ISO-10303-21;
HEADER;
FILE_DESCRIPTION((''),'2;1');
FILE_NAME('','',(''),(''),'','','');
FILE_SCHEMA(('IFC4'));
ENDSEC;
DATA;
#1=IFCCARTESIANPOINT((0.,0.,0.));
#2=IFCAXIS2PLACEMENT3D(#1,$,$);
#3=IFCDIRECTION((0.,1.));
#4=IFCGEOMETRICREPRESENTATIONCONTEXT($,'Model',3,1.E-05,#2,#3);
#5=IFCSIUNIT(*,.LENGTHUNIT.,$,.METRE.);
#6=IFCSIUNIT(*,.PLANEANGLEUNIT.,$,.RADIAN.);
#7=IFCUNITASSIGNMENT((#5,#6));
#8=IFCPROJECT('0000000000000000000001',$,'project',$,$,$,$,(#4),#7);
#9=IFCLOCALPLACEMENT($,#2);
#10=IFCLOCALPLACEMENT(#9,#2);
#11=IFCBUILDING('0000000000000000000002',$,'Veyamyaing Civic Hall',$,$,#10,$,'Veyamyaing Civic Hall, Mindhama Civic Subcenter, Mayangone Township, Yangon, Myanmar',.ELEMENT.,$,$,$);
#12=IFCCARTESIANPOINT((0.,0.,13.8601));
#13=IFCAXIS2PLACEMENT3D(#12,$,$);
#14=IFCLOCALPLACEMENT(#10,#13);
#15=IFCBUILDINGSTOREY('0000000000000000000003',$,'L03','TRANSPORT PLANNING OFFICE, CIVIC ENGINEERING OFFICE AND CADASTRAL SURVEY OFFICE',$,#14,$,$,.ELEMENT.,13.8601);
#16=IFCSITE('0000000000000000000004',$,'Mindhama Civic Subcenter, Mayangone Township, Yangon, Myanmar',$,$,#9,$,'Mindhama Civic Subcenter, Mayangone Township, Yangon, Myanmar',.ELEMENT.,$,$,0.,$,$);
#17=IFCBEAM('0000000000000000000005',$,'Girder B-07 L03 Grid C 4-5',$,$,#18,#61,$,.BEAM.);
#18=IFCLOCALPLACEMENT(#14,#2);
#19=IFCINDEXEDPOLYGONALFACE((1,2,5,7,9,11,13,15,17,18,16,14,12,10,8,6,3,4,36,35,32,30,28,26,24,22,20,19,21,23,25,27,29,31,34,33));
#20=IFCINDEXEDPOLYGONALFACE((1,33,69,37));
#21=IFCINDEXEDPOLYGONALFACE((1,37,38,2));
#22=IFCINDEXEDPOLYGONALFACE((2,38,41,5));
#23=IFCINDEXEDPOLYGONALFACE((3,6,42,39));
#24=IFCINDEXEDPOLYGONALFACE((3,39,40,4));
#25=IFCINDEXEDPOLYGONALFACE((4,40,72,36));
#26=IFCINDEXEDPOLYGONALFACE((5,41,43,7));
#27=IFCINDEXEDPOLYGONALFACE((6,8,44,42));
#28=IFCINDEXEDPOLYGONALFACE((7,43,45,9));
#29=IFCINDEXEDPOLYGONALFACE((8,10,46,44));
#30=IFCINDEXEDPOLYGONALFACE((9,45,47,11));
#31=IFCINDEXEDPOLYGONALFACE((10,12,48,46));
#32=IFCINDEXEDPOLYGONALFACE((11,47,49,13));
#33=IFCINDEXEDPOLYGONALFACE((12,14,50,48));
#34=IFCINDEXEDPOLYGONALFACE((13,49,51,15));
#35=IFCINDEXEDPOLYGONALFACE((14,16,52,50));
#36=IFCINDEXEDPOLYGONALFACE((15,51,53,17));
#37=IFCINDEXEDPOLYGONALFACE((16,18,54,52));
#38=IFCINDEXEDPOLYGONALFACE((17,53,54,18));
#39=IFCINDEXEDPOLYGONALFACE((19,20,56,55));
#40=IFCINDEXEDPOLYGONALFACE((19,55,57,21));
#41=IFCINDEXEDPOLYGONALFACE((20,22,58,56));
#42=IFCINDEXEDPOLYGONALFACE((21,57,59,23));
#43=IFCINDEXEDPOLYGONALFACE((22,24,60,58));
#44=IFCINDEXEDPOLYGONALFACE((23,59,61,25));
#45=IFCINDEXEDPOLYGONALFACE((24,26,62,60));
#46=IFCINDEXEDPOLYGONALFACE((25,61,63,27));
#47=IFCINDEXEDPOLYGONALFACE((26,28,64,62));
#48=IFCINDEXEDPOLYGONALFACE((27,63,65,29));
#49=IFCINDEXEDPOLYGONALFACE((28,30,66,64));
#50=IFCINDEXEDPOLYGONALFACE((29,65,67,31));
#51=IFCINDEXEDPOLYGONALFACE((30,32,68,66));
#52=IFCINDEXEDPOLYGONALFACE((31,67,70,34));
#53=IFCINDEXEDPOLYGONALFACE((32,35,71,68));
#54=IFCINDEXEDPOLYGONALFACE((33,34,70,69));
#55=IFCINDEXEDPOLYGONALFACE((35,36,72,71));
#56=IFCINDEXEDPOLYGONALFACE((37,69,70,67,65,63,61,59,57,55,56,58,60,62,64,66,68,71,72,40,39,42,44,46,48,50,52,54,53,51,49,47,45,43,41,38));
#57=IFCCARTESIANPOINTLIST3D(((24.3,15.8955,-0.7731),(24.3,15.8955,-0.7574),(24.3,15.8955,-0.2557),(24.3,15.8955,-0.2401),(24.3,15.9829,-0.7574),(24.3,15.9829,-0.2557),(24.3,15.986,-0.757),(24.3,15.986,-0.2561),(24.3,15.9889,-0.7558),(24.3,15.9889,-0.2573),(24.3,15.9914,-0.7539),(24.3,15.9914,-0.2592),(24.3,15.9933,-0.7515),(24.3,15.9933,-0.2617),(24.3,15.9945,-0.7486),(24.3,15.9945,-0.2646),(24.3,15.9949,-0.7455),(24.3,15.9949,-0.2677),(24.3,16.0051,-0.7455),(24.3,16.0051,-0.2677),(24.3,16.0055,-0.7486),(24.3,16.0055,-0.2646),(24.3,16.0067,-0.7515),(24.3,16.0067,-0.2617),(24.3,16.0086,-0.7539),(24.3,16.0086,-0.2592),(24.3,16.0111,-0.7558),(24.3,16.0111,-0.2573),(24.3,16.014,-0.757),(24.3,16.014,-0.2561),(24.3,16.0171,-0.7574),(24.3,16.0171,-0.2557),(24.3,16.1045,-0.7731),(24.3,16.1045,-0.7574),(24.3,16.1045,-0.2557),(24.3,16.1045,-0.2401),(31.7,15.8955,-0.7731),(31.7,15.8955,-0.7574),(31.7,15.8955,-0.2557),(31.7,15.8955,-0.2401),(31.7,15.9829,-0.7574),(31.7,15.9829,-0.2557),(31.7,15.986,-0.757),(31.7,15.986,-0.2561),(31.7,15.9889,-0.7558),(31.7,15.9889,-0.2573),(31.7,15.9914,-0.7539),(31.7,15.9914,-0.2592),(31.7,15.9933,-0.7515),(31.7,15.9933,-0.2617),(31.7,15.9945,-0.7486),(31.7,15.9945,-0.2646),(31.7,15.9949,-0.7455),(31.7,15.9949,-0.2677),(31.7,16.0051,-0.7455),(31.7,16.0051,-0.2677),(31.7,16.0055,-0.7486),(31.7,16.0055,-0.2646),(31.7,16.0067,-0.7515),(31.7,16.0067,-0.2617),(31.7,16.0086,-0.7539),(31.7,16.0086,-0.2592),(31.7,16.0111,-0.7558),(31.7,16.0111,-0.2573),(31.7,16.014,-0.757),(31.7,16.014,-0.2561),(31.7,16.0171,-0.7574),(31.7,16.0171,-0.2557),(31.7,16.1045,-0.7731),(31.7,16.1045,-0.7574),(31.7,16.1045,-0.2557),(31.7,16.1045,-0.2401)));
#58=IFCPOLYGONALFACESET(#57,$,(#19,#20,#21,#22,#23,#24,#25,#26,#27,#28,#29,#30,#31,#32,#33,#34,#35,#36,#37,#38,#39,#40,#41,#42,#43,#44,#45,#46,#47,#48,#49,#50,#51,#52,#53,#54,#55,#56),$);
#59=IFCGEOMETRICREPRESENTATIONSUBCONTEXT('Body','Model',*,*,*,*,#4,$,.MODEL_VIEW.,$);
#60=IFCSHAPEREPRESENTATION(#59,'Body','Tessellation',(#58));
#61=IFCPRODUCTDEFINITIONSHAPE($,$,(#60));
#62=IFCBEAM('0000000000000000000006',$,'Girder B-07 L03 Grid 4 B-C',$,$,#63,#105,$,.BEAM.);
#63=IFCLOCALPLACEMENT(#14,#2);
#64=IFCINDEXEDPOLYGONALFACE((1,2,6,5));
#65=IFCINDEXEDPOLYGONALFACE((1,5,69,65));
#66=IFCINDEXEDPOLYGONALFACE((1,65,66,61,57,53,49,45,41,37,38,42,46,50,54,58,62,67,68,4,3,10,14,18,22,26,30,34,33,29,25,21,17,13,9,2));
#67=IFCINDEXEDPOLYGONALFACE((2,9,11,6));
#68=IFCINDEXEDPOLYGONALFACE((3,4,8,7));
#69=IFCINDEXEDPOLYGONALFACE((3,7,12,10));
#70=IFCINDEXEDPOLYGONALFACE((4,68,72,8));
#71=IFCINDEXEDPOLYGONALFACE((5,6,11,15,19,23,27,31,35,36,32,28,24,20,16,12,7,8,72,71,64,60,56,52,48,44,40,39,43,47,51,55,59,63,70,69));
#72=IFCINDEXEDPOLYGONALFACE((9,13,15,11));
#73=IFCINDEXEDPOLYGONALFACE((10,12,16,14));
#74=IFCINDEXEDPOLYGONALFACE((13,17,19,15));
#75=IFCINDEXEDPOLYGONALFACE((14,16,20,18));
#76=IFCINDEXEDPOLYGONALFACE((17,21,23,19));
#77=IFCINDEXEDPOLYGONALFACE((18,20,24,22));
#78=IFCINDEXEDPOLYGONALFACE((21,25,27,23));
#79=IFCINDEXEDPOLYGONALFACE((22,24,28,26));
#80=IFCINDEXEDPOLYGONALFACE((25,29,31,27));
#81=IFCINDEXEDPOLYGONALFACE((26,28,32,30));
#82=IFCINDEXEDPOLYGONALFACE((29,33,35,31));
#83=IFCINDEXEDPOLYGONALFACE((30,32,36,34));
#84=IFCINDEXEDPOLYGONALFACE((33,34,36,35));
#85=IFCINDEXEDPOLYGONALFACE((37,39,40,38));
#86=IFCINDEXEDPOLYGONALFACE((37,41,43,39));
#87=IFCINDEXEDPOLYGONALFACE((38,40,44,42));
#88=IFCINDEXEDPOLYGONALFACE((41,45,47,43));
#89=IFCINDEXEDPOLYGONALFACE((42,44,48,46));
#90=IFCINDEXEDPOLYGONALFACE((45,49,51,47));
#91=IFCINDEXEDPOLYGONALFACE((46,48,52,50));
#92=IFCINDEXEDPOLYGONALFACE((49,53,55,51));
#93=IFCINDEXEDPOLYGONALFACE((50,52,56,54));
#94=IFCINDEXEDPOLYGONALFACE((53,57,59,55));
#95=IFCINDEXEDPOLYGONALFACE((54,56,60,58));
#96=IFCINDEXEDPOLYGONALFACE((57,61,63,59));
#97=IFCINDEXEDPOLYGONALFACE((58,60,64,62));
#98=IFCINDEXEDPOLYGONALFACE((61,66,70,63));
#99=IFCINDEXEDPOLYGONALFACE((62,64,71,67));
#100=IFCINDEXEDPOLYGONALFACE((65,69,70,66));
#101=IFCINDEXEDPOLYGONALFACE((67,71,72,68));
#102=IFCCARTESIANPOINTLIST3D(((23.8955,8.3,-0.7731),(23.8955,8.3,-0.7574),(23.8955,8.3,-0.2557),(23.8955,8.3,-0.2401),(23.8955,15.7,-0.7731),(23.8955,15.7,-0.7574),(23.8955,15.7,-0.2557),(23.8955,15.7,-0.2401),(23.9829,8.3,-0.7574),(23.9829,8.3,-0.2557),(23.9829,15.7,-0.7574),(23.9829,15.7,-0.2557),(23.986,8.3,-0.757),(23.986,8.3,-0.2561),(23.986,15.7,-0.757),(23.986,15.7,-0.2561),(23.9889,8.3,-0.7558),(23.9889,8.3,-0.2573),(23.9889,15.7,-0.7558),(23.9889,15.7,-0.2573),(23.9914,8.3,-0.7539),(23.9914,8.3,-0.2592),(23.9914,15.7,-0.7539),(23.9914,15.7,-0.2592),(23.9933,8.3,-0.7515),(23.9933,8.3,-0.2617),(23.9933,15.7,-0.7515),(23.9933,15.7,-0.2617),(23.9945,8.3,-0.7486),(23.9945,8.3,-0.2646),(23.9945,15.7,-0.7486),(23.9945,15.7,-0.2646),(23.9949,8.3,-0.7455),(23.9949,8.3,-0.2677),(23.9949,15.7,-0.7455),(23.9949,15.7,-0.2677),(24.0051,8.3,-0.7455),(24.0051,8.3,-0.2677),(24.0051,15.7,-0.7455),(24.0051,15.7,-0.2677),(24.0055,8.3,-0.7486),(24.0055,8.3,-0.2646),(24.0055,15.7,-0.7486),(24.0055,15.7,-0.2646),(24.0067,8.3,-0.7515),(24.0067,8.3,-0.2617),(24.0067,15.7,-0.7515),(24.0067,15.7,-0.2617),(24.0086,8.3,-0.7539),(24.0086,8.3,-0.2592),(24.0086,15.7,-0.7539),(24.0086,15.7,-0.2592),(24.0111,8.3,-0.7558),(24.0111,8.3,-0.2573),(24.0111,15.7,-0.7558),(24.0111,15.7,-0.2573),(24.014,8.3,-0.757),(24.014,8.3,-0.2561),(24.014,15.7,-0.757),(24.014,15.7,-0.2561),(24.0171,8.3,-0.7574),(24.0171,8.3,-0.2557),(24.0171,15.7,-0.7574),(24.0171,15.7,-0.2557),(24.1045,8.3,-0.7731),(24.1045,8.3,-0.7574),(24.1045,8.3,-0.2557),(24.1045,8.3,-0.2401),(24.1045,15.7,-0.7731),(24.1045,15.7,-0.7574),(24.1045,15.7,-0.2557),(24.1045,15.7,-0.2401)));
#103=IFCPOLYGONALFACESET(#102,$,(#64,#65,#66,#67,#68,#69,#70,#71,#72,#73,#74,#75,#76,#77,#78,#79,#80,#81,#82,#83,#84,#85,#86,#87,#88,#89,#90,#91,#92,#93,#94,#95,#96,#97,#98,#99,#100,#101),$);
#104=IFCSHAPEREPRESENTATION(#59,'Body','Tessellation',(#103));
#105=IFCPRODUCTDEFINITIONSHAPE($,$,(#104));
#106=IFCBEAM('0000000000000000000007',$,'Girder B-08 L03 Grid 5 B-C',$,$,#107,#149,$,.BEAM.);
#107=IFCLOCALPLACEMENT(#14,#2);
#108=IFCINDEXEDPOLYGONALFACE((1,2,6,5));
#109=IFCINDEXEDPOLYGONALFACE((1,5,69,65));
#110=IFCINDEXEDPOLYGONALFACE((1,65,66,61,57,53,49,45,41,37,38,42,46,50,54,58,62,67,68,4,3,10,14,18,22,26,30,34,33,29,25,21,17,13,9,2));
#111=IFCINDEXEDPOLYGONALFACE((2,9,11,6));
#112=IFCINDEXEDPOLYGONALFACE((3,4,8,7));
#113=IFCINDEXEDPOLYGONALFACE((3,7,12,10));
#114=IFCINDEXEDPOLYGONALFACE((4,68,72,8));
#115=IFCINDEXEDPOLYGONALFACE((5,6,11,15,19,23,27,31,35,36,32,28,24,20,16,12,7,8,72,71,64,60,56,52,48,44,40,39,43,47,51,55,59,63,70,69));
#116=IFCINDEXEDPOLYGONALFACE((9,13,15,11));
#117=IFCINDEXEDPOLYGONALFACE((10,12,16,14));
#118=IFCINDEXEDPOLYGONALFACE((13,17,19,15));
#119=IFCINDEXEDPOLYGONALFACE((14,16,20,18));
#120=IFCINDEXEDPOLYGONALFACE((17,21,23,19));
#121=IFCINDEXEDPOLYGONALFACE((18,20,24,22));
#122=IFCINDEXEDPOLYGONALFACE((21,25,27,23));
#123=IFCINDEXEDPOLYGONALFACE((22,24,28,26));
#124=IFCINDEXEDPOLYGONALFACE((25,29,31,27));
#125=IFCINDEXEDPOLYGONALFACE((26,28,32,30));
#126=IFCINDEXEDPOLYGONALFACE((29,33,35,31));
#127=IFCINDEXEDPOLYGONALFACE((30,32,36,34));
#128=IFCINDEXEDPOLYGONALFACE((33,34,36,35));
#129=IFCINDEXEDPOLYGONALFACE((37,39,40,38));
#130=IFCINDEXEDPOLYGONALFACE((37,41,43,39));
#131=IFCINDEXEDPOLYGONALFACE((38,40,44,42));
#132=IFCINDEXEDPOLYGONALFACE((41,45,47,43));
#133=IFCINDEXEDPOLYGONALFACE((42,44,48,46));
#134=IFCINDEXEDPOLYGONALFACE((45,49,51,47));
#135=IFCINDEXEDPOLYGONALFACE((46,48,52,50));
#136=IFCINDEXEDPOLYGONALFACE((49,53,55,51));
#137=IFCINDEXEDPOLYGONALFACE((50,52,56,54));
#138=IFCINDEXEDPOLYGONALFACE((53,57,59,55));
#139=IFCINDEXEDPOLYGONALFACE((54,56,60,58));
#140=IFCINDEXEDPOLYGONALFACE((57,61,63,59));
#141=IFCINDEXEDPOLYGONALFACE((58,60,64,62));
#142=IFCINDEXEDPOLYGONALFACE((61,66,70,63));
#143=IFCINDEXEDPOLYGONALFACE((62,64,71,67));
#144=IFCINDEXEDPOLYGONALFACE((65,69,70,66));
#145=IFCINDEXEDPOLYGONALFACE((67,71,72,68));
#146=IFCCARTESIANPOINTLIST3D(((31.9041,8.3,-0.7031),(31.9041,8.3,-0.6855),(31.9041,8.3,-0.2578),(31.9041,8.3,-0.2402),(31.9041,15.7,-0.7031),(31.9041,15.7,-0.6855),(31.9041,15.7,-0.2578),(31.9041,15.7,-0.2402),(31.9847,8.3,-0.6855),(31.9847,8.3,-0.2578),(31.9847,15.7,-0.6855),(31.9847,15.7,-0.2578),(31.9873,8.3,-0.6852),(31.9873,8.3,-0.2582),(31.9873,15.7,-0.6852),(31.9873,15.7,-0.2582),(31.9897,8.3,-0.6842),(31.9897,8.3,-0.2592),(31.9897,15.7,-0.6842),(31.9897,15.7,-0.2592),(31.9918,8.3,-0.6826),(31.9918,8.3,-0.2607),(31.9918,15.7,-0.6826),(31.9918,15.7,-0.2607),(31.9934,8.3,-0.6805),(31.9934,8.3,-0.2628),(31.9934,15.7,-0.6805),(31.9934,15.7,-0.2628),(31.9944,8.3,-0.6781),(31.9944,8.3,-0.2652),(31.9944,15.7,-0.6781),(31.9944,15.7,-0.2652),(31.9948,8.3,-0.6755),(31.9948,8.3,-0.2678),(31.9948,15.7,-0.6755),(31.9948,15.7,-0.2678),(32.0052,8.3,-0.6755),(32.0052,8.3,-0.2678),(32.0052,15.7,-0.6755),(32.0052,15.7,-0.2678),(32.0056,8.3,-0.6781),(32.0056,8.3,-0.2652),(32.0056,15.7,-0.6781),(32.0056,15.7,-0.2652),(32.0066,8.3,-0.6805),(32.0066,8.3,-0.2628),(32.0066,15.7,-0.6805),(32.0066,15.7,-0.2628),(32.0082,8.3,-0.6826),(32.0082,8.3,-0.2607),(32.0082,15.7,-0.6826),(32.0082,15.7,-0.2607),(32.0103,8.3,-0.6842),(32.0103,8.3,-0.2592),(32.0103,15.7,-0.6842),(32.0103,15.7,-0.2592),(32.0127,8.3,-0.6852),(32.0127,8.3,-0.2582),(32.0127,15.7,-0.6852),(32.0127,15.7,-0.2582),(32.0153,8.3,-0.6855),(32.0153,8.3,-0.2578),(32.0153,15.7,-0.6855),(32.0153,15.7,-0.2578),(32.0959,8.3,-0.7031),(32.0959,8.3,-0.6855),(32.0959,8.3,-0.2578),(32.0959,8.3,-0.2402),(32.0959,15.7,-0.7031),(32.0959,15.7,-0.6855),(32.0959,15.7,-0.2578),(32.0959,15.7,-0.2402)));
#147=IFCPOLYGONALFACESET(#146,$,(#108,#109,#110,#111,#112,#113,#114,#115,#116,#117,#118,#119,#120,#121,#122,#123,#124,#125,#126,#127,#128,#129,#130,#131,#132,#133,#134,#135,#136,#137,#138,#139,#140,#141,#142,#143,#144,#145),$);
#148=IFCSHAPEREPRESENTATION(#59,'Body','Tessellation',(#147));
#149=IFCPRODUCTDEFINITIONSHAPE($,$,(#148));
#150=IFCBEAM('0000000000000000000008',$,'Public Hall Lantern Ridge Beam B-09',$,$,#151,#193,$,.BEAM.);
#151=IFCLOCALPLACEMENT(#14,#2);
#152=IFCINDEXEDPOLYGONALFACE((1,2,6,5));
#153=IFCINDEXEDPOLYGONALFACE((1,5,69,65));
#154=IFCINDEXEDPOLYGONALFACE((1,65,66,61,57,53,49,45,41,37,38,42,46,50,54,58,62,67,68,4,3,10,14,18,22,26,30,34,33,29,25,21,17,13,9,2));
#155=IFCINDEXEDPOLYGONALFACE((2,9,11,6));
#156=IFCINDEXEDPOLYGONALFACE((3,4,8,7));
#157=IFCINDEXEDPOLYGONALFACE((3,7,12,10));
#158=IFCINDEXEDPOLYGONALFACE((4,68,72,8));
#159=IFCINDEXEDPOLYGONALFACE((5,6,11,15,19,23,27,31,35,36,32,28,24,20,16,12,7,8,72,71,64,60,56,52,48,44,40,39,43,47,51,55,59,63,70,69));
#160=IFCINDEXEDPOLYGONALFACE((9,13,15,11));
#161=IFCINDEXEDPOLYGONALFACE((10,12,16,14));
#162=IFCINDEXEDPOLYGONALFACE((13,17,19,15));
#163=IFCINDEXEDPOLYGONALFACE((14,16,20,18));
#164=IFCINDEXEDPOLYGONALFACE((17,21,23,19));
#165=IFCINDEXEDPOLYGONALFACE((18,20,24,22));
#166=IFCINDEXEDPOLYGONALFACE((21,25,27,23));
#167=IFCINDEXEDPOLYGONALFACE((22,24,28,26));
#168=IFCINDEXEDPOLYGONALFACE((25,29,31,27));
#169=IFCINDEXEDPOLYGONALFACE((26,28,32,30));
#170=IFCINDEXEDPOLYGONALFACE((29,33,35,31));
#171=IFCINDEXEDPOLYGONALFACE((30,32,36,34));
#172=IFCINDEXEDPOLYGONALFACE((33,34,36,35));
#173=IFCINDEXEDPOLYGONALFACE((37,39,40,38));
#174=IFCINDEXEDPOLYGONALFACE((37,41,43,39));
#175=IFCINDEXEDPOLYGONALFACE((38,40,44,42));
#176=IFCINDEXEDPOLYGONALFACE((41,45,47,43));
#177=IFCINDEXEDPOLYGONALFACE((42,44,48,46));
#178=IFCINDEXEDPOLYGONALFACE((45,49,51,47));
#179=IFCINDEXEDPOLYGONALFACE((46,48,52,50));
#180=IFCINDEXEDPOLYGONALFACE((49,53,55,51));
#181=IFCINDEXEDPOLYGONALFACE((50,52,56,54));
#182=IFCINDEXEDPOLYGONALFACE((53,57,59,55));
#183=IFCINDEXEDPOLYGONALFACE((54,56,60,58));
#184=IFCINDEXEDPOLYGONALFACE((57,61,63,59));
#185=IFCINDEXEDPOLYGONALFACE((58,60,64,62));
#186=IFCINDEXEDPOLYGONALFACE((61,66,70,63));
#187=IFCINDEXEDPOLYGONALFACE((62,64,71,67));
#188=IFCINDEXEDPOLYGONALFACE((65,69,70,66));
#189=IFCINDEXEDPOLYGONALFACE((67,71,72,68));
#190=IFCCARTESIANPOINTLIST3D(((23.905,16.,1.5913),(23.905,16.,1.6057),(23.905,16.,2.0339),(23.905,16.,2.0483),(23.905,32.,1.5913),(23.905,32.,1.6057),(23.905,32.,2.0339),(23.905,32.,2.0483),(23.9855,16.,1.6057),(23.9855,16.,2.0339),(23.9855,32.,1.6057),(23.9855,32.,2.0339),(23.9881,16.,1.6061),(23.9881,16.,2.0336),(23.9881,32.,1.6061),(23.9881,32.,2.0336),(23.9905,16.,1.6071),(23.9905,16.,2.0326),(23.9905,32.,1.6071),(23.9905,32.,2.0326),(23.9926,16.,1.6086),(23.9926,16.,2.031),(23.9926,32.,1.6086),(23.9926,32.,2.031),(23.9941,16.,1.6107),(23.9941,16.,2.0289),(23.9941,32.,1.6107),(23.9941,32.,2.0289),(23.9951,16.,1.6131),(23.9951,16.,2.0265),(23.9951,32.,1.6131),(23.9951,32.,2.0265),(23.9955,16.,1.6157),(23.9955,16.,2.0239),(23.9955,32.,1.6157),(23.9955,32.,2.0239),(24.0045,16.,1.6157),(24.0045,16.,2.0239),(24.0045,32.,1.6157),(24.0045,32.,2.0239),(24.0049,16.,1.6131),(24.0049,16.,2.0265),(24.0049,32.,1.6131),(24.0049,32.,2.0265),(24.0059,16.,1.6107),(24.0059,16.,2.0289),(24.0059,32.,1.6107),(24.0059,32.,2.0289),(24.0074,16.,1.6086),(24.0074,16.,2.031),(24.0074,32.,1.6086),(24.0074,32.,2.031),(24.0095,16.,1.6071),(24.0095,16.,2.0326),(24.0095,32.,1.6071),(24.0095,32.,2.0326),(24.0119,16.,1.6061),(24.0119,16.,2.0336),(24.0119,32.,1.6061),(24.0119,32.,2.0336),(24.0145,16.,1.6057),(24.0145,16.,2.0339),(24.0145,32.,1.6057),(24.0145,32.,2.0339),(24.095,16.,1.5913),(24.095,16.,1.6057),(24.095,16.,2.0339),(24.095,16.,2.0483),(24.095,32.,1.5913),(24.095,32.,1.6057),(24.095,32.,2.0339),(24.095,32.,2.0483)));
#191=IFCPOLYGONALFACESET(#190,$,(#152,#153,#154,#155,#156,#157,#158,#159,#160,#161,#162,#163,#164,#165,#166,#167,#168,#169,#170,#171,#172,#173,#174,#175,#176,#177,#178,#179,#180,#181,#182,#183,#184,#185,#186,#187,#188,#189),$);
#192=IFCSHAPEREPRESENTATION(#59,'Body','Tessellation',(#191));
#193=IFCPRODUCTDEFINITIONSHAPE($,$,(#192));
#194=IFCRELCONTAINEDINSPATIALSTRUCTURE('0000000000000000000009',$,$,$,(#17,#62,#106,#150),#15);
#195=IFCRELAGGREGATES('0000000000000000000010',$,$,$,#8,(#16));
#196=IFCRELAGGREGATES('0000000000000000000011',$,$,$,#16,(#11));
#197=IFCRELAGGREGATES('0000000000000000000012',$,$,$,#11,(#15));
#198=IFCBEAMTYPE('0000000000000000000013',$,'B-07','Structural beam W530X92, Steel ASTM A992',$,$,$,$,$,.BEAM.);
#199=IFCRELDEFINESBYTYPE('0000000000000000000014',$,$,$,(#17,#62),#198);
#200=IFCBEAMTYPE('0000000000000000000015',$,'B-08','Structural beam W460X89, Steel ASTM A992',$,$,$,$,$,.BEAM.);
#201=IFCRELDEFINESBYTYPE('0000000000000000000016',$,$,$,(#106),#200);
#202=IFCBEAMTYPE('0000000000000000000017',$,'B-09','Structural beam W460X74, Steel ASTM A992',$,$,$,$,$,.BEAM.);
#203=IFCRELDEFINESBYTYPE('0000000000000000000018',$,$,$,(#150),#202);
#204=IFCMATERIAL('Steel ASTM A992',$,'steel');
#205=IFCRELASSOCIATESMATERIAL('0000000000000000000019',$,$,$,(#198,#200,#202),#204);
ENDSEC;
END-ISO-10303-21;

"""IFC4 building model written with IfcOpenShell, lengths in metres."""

from ifc_helpers import new_model, si_unit, direction, frame, origin, origin_2d, place, context, subcontext, project, spatial, i_section, extrude, material, material_profile, profile_set, type_object, element, save


model = new_model("IFC4")

# Units and contexts
model_context = context("Model", 3, precision=1e-05, world=origin(), true_north=direction((0.0, 1.0)))
body_context = subcontext(model_context, "Body", "Model", "MODEL_VIEW")
ifc_project = project(units=[si_unit("LENGTHUNIT", "METRE"), si_unit("PLANEANGLEUNIT", "RADIAN")], contexts=[model_context])

# Site, building, storey
site_placement = place(None, origin())
site = spatial("IfcSite", under=ifc_project, at=site_placement, Name="Mindhama Civic Subcenter, Mayangone Township, Yangon, Myanmar", LongName="Mindhama Civic Subcenter, Mayangone Township, Yangon, Myanmar", CompositionType="ELEMENT", RefElevation=0.0)
building_placement = place(site_placement, origin())
building = spatial("IfcBuilding", under=site, at=building_placement, Name="Veyamyaing Civic Hall", LongName="Veyamyaing Civic Hall, Mindhama Civic Subcenter, Mayangone Township, Yangon, Myanmar", CompositionType="ELEMENT")
storey_placement = place(building_placement, frame((0.0, 0.0, 13.8601)))
storey = spatial("IfcBuildingStorey", under=building, at=storey_placement, Name="L03", Description="TRANSPORT PLANNING OFFICE, CIVIC ENGINEERING OFFICE AND CADASTRAL SURVEY OFFICE", CompositionType="ELEMENT", Elevation=13.8601)

# Beams
ifc_material_1 = material(Name="Steel ASTM A992", Category="steel")
ifc_material_profile_1 = material_profile(ifc_material_1, i_section(OverallWidth=0.209, OverallDepth=0.533, WebThickness=0.0103, FlangeThickness=0.0156, FilletRadius=0.012, at=origin_2d()), Name="W530X92")
ifc_profile_set_1 = profile_set([ifc_material_profile_1], Name="Steel ASTM A992")
beam_type_1 = type_object("IfcBeamType", Name="B-07", Description="Structural beam W530X92, Steel ASTM A992", PredefinedType="BEAM", material=ifc_profile_set_1)
for number, where, z_axis, x_axis, name in (
    (1, (24.3, 16.0, -0.5066), (1.0, 0.0, 0.0), (0.0, 1.0, 0.0), "Girder B-07 L03 Grid C 4-5"),
    (2, (24.0, 8.3, -0.5066), (0.0, 1.0, 0.0), (-1.0, 0.0, 0.0), "Girder B-07 L03 Grid 4 B-C"),
):
    element("IfcBeam", number, at=place(storey_placement, frame(where, z_axis=z_axis, x_axis=x_axis)), inside=storey, type_object=beam_type_1, Name=name, PredefinedType="BEAM", context=body_context, shape_type="SweptSolid", body=[
        extrude(i_section(OverallWidth=0.209, OverallDepth=0.533, WebThickness=0.0103, FlangeThickness=0.0156, FilletRadius=0.012, at=origin_2d()), origin(), (0.0, 0.0, 1.0), 7.3999),
    ])
ifc_material_profile_2 = material_profile(ifc_material_1, i_section(OverallWidth=0.1919, OverallDepth=0.4629, WebThickness=0.0105, FlangeThickness=0.0176, FilletRadius=0.01, at=origin_2d()), Name="W460X89")
ifc_profile_set_2 = profile_set([ifc_material_profile_2], Name="Steel ASTM A992")
beam_type_2 = type_object("IfcBeamType", Name="B-08", Description="Structural beam W460X89, Steel ASTM A992", PredefinedType="BEAM", material=ifc_profile_set_2)
beam_1_placement = place(storey_placement, frame((32.0, 8.3, -0.4717), z_axis=(0.0, 1.0, 0.0), x_axis=(-1.0, 0.0, 0.0)))
element("IfcBeam", 3, at=beam_1_placement, inside=storey, type_object=beam_type_2, Name="Girder B-08 L03 Grid 5 B-C", PredefinedType="BEAM", context=body_context, shape_type="SweptSolid", body=[
    extrude(i_section(OverallWidth=0.1919, OverallDepth=0.4629, WebThickness=0.0105, FlangeThickness=0.0176, FilletRadius=0.01, at=origin_2d()), origin(), (0.0, 0.0, 1.0), 7.3999),
])
ifc_material_profile_3 = material_profile(ifc_material_1, i_section(OverallWidth=0.1899, OverallDepth=0.457, WebThickness=0.009, FlangeThickness=0.0144, FilletRadius=0.01, at=origin_2d()), Name="W460X74")
ifc_profile_set_3 = profile_set([ifc_material_profile_3], Name="Steel ASTM A992")
beam_type_3 = type_object("IfcBeamType", Name="B-09", Description="Structural beam W460X74, Steel ASTM A992", PredefinedType="BEAM", material=ifc_profile_set_3)
beam_2_placement = place(storey_placement, frame((24.0, 16.0, 1.8198), z_axis=(0.0, 1.0, 0.0), x_axis=(-1.0, 0.0, 0.0)))
element("IfcBeam", 4, at=beam_2_placement, inside=storey, type_object=beam_type_3, Name="Public Hall Lantern Ridge Beam B-09", PredefinedType="BEAM", context=body_context, shape_type="SweptSolid", body=[
    extrude(i_section(OverallWidth=0.1899, OverallDepth=0.457, WebThickness=0.009, FlangeThickness=0.0144, FilletRadius=0.01, at=origin_2d()), origin(), (0.0, 0.0, 1.0), 16.0),
])

save(model, "model.ifc")
